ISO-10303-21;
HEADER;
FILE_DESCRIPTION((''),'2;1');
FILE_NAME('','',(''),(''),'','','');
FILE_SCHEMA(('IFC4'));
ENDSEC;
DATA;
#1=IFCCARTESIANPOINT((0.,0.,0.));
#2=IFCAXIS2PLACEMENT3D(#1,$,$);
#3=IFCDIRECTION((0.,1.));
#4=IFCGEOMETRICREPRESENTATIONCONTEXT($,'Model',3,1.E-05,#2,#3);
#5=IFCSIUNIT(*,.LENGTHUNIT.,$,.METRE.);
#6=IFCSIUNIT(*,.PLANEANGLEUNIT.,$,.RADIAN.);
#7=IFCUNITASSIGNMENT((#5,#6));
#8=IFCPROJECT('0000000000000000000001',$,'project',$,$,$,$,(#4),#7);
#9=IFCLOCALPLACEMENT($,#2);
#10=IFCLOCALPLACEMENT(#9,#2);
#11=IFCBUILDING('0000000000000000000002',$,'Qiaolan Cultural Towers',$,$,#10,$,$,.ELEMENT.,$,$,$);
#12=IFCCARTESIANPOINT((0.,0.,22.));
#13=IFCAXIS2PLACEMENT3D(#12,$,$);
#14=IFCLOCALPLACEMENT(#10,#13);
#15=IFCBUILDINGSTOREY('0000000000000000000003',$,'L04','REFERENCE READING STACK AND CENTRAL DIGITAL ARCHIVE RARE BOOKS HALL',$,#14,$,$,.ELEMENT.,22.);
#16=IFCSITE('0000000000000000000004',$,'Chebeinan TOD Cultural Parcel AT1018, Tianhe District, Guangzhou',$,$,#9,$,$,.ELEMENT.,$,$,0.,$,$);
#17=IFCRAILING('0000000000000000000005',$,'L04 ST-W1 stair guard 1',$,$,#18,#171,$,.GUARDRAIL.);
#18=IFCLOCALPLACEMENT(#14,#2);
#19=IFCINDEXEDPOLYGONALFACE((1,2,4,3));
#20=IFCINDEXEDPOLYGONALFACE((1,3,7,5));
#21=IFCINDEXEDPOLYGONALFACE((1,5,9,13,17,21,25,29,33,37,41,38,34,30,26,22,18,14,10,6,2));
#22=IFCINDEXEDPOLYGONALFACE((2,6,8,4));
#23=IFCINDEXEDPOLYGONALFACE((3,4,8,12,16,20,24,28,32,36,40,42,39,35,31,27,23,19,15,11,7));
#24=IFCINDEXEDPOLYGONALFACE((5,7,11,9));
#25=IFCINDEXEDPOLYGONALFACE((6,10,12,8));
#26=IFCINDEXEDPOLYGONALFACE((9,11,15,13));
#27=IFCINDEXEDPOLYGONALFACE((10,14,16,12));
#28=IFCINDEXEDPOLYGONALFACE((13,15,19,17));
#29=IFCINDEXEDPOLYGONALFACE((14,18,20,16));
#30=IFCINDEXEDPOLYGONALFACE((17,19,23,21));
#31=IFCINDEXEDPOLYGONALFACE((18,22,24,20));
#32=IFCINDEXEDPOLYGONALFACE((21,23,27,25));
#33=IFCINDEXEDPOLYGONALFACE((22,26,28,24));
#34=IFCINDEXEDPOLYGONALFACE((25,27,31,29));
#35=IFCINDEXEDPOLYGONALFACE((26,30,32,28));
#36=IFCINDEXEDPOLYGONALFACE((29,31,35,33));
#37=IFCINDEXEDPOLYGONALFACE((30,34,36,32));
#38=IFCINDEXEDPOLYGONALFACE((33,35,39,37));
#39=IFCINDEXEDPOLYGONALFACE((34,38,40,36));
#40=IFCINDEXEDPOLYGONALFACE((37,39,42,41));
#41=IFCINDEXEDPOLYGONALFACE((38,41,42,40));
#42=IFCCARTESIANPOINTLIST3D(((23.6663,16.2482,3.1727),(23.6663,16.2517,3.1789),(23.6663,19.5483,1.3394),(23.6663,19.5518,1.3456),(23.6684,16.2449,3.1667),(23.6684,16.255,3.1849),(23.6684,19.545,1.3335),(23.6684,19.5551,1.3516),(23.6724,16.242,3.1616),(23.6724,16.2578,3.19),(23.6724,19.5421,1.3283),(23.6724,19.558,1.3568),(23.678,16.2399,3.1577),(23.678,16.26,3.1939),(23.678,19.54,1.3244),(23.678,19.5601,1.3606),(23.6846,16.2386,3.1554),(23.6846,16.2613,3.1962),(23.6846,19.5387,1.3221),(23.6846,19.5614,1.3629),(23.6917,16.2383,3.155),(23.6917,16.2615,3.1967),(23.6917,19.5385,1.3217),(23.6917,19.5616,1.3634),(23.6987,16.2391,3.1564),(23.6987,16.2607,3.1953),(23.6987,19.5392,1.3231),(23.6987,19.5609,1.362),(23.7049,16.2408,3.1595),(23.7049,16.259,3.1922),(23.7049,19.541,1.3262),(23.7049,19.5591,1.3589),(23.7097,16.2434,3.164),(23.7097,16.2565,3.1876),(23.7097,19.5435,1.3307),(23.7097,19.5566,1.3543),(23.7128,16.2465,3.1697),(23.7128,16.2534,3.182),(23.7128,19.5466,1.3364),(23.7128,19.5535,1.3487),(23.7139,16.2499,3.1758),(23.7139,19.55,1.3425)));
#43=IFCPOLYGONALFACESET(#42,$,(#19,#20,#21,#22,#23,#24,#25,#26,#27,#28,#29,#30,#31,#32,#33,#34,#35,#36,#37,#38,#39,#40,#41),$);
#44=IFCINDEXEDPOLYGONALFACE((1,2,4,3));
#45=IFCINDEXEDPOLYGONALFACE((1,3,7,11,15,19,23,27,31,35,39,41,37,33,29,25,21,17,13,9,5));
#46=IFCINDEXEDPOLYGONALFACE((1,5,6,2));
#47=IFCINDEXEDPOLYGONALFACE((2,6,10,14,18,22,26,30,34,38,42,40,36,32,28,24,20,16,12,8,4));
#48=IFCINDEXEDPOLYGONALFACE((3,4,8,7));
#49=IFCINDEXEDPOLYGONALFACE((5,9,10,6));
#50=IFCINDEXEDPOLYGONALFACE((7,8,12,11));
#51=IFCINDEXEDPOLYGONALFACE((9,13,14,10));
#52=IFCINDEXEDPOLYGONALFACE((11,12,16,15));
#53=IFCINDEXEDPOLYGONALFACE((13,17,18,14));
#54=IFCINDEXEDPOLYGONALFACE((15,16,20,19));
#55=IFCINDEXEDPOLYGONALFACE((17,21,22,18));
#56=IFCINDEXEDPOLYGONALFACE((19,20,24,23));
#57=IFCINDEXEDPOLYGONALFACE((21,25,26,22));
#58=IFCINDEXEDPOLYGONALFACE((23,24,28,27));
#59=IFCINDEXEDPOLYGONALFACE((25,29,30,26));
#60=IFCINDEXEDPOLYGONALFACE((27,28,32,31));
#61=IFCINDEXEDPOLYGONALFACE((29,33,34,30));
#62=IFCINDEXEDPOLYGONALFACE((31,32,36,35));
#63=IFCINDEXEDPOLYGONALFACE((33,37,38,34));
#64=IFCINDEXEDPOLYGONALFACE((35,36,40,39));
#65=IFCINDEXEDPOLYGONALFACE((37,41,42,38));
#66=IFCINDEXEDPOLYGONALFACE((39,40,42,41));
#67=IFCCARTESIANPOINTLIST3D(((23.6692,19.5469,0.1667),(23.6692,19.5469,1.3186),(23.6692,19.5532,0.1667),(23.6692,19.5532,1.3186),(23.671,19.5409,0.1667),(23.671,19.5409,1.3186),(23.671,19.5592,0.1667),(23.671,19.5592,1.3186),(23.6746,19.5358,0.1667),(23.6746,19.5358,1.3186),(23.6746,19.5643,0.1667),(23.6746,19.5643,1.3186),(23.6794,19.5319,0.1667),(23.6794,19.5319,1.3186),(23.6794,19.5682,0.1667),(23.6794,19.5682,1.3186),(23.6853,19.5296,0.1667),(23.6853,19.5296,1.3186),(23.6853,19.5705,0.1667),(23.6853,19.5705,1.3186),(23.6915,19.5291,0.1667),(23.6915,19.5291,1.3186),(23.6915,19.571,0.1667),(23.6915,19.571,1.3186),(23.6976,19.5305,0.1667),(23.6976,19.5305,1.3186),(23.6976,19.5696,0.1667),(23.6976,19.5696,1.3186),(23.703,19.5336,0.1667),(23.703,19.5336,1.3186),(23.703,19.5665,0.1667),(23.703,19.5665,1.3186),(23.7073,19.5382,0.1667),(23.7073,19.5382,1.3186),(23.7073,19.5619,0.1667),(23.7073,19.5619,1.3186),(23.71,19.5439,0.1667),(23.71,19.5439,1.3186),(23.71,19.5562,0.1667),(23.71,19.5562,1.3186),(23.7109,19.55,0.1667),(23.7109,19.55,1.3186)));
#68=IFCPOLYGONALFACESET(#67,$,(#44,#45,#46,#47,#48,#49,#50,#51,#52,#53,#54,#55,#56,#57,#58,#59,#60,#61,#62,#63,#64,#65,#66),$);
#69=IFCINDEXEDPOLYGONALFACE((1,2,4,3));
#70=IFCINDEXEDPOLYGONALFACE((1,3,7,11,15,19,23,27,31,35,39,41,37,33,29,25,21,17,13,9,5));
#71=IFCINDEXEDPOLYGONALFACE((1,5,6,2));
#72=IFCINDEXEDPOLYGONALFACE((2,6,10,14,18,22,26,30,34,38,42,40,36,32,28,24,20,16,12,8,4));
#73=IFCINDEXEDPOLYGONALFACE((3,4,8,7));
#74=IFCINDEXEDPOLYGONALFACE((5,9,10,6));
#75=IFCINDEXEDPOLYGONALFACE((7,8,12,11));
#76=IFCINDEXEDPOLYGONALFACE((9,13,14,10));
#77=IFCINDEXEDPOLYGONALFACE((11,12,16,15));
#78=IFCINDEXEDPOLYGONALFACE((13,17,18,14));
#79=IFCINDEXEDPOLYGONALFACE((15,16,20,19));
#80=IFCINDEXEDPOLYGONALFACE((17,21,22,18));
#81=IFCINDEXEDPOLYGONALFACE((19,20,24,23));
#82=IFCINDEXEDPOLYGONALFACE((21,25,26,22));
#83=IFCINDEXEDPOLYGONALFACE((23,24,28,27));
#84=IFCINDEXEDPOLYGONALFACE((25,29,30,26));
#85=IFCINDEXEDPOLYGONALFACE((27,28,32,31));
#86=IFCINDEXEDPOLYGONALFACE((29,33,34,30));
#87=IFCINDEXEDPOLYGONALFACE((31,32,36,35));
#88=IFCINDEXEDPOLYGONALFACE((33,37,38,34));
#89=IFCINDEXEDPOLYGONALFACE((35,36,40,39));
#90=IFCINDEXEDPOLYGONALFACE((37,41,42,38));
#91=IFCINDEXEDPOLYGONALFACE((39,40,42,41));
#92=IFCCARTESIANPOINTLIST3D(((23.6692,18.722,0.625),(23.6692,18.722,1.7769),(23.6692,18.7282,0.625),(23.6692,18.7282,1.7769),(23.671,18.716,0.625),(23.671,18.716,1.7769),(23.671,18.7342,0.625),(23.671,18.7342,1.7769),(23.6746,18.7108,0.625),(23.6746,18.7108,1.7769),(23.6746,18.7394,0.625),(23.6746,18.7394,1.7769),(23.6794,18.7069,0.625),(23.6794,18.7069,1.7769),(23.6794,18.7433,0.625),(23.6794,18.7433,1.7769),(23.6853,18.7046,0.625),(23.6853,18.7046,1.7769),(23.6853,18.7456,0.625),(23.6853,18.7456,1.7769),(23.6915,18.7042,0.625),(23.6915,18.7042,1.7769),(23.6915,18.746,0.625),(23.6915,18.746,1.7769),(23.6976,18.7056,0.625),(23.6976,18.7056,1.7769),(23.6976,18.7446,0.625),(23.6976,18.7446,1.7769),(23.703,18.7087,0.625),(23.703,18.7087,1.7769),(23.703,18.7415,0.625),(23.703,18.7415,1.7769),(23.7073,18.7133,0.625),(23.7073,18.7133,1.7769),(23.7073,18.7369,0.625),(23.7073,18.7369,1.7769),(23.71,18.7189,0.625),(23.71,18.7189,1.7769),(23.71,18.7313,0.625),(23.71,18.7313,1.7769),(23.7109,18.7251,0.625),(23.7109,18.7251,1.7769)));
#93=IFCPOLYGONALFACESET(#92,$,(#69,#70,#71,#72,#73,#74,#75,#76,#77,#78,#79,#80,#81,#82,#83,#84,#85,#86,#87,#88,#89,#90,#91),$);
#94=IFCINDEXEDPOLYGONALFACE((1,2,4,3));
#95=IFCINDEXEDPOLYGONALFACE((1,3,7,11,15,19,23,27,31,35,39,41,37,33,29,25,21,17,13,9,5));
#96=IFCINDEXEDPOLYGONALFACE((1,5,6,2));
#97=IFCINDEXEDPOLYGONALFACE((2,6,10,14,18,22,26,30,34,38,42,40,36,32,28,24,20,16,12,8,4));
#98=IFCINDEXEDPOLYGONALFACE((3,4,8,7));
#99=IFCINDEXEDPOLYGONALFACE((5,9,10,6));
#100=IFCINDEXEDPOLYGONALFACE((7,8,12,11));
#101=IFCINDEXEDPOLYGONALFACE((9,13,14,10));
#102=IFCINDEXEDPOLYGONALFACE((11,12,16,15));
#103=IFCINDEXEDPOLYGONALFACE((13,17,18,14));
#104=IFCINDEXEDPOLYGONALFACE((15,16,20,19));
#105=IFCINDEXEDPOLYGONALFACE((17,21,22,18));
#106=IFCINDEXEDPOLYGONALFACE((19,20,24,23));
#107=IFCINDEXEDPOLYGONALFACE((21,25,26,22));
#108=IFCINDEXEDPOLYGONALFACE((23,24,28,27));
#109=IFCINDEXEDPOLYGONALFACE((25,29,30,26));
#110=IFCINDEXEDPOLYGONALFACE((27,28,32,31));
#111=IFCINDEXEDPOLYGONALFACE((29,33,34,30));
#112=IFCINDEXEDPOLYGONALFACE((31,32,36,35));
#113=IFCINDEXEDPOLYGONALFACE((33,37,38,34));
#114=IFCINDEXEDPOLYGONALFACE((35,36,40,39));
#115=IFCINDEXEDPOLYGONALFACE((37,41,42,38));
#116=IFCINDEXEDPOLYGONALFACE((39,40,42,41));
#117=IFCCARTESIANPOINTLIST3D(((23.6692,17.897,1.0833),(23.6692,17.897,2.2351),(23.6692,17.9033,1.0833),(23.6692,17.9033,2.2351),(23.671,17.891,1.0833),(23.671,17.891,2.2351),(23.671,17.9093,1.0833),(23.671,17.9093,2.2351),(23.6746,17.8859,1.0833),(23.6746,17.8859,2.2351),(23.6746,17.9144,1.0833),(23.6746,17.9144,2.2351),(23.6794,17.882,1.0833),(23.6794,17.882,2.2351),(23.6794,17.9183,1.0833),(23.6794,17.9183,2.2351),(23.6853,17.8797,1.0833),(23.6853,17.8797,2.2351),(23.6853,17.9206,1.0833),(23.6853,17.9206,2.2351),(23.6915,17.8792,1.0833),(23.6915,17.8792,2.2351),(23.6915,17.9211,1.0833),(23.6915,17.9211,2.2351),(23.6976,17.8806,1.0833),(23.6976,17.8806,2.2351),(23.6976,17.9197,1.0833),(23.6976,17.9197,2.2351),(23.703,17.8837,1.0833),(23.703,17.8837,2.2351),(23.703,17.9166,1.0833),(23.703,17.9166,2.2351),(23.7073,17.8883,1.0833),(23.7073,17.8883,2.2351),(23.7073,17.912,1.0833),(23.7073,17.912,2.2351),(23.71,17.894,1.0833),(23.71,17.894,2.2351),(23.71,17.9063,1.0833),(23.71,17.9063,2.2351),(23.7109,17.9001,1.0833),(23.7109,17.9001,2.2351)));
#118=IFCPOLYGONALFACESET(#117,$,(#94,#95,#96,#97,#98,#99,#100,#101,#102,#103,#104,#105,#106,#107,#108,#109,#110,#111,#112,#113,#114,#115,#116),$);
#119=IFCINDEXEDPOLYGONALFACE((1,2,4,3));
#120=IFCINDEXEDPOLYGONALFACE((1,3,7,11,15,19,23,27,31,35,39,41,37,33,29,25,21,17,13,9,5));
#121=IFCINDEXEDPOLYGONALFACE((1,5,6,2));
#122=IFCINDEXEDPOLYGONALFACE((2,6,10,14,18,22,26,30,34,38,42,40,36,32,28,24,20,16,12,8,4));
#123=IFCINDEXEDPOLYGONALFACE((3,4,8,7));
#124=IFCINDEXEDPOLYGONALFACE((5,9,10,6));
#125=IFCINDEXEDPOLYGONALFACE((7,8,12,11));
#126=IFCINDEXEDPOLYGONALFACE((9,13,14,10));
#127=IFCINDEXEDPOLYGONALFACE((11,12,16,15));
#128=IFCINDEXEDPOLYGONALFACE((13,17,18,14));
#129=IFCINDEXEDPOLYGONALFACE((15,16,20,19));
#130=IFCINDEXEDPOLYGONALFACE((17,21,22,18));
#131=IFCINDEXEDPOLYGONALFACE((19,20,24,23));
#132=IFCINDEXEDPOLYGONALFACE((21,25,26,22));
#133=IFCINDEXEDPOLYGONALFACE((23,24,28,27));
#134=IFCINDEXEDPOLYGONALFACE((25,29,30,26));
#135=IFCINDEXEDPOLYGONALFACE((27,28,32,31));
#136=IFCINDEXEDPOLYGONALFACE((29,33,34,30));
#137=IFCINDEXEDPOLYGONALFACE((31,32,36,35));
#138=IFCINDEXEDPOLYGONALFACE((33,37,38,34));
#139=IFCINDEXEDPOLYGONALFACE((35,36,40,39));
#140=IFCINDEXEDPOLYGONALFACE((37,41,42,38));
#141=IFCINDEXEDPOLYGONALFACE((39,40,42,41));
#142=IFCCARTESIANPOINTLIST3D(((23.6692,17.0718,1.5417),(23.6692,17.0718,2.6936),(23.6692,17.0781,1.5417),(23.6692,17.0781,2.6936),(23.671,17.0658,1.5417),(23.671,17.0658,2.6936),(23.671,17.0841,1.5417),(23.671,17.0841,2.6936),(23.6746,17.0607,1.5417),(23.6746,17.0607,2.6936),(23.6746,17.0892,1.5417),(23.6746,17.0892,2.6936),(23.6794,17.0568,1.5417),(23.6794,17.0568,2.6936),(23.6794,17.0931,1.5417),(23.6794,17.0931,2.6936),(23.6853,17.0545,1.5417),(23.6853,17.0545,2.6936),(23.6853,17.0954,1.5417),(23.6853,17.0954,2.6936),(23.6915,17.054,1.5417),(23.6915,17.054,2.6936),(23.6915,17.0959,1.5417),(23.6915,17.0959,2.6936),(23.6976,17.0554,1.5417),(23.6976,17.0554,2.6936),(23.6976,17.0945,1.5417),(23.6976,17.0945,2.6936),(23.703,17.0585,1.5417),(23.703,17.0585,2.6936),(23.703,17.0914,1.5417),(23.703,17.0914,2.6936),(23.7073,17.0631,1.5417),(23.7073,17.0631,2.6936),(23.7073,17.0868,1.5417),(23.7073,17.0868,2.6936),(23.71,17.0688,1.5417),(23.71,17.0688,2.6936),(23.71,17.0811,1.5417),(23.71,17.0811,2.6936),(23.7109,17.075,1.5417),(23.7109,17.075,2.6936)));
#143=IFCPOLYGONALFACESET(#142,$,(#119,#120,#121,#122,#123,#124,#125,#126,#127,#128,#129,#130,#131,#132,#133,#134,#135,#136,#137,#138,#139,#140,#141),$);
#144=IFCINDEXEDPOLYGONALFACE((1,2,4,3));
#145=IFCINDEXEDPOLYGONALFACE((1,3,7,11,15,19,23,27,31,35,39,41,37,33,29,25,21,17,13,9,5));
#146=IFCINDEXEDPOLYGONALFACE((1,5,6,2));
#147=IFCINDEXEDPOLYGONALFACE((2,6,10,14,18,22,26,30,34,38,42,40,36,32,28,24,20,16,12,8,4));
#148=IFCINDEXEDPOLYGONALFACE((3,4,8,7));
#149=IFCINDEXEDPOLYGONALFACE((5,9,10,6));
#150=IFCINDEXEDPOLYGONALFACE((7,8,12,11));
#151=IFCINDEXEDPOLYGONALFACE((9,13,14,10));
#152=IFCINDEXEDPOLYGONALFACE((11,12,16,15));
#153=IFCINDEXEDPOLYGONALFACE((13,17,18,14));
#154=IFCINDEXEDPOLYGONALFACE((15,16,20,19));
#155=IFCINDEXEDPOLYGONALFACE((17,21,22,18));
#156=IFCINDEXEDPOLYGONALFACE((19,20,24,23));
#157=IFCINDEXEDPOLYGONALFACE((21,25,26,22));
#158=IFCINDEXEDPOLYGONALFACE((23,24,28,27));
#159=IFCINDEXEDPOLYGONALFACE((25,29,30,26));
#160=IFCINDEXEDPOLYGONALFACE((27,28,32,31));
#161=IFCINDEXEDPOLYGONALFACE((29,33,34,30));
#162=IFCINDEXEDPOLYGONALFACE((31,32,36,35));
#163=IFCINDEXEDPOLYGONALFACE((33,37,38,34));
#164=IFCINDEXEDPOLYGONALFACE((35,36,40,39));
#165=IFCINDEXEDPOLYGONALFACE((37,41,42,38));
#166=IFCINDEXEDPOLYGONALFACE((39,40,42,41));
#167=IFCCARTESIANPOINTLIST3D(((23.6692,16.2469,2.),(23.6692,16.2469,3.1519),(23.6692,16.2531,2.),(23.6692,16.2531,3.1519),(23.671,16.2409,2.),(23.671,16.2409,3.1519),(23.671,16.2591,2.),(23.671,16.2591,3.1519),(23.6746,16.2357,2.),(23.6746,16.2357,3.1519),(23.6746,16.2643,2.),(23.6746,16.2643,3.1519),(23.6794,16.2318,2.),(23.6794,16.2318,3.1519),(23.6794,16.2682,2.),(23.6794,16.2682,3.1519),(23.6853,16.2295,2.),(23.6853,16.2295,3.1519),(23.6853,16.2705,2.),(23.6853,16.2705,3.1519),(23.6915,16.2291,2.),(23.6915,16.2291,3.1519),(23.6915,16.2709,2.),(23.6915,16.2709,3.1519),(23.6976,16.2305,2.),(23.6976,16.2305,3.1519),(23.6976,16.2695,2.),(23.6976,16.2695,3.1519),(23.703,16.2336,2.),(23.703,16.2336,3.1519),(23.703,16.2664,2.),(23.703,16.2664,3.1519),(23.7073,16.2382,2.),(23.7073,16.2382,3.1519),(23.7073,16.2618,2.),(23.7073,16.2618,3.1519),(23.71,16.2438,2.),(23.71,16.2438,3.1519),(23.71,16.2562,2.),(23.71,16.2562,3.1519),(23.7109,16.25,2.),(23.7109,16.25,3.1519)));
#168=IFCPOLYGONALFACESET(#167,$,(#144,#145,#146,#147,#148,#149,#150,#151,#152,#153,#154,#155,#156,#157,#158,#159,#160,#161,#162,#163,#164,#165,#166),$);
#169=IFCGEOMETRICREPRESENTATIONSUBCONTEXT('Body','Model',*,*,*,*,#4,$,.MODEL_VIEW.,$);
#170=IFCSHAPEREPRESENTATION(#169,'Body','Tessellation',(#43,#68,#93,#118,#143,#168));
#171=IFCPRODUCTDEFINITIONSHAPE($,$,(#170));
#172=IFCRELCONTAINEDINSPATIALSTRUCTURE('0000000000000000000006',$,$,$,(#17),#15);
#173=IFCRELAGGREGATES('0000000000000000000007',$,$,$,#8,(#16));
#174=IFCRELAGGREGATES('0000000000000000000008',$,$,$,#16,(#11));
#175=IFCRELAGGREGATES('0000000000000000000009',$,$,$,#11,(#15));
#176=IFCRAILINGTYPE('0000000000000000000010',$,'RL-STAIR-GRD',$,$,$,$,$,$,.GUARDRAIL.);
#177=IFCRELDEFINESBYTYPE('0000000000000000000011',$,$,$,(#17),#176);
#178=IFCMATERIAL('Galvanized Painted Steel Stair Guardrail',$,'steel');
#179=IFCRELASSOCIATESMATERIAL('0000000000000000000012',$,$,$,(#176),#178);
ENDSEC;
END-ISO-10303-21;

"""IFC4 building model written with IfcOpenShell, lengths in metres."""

from ifc_helpers import new_model, si_unit, direction, frame, origin, origin_2d, place, context, subcontext, project, spatial, circle, extrude, material, type_object, element, save


model = new_model("IFC4")

# Units and contexts
model_context = context("Model", 3, precision=1e-05, world=origin(), true_north=direction((0.0, 1.0)))
body_context = subcontext(model_context, "Body", "Model", "MODEL_VIEW")
ifc_project = project(units=[si_unit("LENGTHUNIT", "METRE"), si_unit("PLANEANGLEUNIT", "RADIAN")], contexts=[model_context])

# Site, building, storey
site_placement = place(None, origin())
site = spatial("IfcSite", under=ifc_project, at=site_placement, Name="Chebeinan TOD Cultural Parcel AT1018, Tianhe District, Guangzhou", CompositionType="ELEMENT", RefElevation=0.0)
building_placement = place(site_placement, origin())
building = spatial("IfcBuilding", under=site, at=building_placement, Name="Qiaolan Cultural Towers", CompositionType="ELEMENT")
storey_placement = place(building_placement, frame((0.0, 0.0, 22.0)))
storey = spatial("IfcBuildingStorey", under=building, at=storey_placement, Name="L04", Description="REFERENCE READING STACK AND CENTRAL DIGITAL ARCHIVE RARE BOOKS HALL", CompositionType="ELEMENT", Elevation=22.0)

# Railing
ifc_material_1 = material(Name="Galvanized Painted Steel Stair Guardrail", Category="steel")
railing_type_1 = type_object("IfcRailingType", Name="RL-STAIR-GRD", PredefinedType="GUARDRAIL", material=ifc_material_1)
railing_1_placement = place(storey_placement, frame((23.6899, 19.55, 0.1667)))
element("IfcRailing", 1, at=railing_1_placement, inside=storey, type_object=railing_type_1, Name="L04 ST-W1 stair guard 1", PredefinedType="GUARDRAIL", context=body_context, shape_type="SweptSolid", body=[
    extrude(circle(Radius=0.0239, at=origin_2d()), frame((0.0, 0.0, 1.1758), z_axis=(0.0, -0.874169, 0.485621), x_axis=(1.0, 0.0, 0.0)), (0.0, 0.0, 1.0), 3.7751),
    extrude(circle(Radius=0.021, at=origin_2d()), origin(), (0.0, 0.0, 1.0), 1.1519),
    extrude(circle(Radius=0.021, at=origin_2d()), frame((0.0, -0.825, 0.4583)), (0.0, 0.0, 1.0), 1.1519),
    extrude(circle(Radius=0.021, at=origin_2d()), frame((0.0, -1.6499, 0.9165)), (0.0, 0.0, 1.0), 1.1519),
    extrude(circle(Radius=0.021, at=origin_2d()), frame((0.0, -2.4751, 1.375)), (0.0, 0.0, 1.0), 1.1519),
    extrude(circle(Radius=0.021, at=origin_2d()), frame((0.0, -3.3, 1.8333)), (0.0, 0.0, 1.0), 1.1519),
])

save(model, "model.ifc")
